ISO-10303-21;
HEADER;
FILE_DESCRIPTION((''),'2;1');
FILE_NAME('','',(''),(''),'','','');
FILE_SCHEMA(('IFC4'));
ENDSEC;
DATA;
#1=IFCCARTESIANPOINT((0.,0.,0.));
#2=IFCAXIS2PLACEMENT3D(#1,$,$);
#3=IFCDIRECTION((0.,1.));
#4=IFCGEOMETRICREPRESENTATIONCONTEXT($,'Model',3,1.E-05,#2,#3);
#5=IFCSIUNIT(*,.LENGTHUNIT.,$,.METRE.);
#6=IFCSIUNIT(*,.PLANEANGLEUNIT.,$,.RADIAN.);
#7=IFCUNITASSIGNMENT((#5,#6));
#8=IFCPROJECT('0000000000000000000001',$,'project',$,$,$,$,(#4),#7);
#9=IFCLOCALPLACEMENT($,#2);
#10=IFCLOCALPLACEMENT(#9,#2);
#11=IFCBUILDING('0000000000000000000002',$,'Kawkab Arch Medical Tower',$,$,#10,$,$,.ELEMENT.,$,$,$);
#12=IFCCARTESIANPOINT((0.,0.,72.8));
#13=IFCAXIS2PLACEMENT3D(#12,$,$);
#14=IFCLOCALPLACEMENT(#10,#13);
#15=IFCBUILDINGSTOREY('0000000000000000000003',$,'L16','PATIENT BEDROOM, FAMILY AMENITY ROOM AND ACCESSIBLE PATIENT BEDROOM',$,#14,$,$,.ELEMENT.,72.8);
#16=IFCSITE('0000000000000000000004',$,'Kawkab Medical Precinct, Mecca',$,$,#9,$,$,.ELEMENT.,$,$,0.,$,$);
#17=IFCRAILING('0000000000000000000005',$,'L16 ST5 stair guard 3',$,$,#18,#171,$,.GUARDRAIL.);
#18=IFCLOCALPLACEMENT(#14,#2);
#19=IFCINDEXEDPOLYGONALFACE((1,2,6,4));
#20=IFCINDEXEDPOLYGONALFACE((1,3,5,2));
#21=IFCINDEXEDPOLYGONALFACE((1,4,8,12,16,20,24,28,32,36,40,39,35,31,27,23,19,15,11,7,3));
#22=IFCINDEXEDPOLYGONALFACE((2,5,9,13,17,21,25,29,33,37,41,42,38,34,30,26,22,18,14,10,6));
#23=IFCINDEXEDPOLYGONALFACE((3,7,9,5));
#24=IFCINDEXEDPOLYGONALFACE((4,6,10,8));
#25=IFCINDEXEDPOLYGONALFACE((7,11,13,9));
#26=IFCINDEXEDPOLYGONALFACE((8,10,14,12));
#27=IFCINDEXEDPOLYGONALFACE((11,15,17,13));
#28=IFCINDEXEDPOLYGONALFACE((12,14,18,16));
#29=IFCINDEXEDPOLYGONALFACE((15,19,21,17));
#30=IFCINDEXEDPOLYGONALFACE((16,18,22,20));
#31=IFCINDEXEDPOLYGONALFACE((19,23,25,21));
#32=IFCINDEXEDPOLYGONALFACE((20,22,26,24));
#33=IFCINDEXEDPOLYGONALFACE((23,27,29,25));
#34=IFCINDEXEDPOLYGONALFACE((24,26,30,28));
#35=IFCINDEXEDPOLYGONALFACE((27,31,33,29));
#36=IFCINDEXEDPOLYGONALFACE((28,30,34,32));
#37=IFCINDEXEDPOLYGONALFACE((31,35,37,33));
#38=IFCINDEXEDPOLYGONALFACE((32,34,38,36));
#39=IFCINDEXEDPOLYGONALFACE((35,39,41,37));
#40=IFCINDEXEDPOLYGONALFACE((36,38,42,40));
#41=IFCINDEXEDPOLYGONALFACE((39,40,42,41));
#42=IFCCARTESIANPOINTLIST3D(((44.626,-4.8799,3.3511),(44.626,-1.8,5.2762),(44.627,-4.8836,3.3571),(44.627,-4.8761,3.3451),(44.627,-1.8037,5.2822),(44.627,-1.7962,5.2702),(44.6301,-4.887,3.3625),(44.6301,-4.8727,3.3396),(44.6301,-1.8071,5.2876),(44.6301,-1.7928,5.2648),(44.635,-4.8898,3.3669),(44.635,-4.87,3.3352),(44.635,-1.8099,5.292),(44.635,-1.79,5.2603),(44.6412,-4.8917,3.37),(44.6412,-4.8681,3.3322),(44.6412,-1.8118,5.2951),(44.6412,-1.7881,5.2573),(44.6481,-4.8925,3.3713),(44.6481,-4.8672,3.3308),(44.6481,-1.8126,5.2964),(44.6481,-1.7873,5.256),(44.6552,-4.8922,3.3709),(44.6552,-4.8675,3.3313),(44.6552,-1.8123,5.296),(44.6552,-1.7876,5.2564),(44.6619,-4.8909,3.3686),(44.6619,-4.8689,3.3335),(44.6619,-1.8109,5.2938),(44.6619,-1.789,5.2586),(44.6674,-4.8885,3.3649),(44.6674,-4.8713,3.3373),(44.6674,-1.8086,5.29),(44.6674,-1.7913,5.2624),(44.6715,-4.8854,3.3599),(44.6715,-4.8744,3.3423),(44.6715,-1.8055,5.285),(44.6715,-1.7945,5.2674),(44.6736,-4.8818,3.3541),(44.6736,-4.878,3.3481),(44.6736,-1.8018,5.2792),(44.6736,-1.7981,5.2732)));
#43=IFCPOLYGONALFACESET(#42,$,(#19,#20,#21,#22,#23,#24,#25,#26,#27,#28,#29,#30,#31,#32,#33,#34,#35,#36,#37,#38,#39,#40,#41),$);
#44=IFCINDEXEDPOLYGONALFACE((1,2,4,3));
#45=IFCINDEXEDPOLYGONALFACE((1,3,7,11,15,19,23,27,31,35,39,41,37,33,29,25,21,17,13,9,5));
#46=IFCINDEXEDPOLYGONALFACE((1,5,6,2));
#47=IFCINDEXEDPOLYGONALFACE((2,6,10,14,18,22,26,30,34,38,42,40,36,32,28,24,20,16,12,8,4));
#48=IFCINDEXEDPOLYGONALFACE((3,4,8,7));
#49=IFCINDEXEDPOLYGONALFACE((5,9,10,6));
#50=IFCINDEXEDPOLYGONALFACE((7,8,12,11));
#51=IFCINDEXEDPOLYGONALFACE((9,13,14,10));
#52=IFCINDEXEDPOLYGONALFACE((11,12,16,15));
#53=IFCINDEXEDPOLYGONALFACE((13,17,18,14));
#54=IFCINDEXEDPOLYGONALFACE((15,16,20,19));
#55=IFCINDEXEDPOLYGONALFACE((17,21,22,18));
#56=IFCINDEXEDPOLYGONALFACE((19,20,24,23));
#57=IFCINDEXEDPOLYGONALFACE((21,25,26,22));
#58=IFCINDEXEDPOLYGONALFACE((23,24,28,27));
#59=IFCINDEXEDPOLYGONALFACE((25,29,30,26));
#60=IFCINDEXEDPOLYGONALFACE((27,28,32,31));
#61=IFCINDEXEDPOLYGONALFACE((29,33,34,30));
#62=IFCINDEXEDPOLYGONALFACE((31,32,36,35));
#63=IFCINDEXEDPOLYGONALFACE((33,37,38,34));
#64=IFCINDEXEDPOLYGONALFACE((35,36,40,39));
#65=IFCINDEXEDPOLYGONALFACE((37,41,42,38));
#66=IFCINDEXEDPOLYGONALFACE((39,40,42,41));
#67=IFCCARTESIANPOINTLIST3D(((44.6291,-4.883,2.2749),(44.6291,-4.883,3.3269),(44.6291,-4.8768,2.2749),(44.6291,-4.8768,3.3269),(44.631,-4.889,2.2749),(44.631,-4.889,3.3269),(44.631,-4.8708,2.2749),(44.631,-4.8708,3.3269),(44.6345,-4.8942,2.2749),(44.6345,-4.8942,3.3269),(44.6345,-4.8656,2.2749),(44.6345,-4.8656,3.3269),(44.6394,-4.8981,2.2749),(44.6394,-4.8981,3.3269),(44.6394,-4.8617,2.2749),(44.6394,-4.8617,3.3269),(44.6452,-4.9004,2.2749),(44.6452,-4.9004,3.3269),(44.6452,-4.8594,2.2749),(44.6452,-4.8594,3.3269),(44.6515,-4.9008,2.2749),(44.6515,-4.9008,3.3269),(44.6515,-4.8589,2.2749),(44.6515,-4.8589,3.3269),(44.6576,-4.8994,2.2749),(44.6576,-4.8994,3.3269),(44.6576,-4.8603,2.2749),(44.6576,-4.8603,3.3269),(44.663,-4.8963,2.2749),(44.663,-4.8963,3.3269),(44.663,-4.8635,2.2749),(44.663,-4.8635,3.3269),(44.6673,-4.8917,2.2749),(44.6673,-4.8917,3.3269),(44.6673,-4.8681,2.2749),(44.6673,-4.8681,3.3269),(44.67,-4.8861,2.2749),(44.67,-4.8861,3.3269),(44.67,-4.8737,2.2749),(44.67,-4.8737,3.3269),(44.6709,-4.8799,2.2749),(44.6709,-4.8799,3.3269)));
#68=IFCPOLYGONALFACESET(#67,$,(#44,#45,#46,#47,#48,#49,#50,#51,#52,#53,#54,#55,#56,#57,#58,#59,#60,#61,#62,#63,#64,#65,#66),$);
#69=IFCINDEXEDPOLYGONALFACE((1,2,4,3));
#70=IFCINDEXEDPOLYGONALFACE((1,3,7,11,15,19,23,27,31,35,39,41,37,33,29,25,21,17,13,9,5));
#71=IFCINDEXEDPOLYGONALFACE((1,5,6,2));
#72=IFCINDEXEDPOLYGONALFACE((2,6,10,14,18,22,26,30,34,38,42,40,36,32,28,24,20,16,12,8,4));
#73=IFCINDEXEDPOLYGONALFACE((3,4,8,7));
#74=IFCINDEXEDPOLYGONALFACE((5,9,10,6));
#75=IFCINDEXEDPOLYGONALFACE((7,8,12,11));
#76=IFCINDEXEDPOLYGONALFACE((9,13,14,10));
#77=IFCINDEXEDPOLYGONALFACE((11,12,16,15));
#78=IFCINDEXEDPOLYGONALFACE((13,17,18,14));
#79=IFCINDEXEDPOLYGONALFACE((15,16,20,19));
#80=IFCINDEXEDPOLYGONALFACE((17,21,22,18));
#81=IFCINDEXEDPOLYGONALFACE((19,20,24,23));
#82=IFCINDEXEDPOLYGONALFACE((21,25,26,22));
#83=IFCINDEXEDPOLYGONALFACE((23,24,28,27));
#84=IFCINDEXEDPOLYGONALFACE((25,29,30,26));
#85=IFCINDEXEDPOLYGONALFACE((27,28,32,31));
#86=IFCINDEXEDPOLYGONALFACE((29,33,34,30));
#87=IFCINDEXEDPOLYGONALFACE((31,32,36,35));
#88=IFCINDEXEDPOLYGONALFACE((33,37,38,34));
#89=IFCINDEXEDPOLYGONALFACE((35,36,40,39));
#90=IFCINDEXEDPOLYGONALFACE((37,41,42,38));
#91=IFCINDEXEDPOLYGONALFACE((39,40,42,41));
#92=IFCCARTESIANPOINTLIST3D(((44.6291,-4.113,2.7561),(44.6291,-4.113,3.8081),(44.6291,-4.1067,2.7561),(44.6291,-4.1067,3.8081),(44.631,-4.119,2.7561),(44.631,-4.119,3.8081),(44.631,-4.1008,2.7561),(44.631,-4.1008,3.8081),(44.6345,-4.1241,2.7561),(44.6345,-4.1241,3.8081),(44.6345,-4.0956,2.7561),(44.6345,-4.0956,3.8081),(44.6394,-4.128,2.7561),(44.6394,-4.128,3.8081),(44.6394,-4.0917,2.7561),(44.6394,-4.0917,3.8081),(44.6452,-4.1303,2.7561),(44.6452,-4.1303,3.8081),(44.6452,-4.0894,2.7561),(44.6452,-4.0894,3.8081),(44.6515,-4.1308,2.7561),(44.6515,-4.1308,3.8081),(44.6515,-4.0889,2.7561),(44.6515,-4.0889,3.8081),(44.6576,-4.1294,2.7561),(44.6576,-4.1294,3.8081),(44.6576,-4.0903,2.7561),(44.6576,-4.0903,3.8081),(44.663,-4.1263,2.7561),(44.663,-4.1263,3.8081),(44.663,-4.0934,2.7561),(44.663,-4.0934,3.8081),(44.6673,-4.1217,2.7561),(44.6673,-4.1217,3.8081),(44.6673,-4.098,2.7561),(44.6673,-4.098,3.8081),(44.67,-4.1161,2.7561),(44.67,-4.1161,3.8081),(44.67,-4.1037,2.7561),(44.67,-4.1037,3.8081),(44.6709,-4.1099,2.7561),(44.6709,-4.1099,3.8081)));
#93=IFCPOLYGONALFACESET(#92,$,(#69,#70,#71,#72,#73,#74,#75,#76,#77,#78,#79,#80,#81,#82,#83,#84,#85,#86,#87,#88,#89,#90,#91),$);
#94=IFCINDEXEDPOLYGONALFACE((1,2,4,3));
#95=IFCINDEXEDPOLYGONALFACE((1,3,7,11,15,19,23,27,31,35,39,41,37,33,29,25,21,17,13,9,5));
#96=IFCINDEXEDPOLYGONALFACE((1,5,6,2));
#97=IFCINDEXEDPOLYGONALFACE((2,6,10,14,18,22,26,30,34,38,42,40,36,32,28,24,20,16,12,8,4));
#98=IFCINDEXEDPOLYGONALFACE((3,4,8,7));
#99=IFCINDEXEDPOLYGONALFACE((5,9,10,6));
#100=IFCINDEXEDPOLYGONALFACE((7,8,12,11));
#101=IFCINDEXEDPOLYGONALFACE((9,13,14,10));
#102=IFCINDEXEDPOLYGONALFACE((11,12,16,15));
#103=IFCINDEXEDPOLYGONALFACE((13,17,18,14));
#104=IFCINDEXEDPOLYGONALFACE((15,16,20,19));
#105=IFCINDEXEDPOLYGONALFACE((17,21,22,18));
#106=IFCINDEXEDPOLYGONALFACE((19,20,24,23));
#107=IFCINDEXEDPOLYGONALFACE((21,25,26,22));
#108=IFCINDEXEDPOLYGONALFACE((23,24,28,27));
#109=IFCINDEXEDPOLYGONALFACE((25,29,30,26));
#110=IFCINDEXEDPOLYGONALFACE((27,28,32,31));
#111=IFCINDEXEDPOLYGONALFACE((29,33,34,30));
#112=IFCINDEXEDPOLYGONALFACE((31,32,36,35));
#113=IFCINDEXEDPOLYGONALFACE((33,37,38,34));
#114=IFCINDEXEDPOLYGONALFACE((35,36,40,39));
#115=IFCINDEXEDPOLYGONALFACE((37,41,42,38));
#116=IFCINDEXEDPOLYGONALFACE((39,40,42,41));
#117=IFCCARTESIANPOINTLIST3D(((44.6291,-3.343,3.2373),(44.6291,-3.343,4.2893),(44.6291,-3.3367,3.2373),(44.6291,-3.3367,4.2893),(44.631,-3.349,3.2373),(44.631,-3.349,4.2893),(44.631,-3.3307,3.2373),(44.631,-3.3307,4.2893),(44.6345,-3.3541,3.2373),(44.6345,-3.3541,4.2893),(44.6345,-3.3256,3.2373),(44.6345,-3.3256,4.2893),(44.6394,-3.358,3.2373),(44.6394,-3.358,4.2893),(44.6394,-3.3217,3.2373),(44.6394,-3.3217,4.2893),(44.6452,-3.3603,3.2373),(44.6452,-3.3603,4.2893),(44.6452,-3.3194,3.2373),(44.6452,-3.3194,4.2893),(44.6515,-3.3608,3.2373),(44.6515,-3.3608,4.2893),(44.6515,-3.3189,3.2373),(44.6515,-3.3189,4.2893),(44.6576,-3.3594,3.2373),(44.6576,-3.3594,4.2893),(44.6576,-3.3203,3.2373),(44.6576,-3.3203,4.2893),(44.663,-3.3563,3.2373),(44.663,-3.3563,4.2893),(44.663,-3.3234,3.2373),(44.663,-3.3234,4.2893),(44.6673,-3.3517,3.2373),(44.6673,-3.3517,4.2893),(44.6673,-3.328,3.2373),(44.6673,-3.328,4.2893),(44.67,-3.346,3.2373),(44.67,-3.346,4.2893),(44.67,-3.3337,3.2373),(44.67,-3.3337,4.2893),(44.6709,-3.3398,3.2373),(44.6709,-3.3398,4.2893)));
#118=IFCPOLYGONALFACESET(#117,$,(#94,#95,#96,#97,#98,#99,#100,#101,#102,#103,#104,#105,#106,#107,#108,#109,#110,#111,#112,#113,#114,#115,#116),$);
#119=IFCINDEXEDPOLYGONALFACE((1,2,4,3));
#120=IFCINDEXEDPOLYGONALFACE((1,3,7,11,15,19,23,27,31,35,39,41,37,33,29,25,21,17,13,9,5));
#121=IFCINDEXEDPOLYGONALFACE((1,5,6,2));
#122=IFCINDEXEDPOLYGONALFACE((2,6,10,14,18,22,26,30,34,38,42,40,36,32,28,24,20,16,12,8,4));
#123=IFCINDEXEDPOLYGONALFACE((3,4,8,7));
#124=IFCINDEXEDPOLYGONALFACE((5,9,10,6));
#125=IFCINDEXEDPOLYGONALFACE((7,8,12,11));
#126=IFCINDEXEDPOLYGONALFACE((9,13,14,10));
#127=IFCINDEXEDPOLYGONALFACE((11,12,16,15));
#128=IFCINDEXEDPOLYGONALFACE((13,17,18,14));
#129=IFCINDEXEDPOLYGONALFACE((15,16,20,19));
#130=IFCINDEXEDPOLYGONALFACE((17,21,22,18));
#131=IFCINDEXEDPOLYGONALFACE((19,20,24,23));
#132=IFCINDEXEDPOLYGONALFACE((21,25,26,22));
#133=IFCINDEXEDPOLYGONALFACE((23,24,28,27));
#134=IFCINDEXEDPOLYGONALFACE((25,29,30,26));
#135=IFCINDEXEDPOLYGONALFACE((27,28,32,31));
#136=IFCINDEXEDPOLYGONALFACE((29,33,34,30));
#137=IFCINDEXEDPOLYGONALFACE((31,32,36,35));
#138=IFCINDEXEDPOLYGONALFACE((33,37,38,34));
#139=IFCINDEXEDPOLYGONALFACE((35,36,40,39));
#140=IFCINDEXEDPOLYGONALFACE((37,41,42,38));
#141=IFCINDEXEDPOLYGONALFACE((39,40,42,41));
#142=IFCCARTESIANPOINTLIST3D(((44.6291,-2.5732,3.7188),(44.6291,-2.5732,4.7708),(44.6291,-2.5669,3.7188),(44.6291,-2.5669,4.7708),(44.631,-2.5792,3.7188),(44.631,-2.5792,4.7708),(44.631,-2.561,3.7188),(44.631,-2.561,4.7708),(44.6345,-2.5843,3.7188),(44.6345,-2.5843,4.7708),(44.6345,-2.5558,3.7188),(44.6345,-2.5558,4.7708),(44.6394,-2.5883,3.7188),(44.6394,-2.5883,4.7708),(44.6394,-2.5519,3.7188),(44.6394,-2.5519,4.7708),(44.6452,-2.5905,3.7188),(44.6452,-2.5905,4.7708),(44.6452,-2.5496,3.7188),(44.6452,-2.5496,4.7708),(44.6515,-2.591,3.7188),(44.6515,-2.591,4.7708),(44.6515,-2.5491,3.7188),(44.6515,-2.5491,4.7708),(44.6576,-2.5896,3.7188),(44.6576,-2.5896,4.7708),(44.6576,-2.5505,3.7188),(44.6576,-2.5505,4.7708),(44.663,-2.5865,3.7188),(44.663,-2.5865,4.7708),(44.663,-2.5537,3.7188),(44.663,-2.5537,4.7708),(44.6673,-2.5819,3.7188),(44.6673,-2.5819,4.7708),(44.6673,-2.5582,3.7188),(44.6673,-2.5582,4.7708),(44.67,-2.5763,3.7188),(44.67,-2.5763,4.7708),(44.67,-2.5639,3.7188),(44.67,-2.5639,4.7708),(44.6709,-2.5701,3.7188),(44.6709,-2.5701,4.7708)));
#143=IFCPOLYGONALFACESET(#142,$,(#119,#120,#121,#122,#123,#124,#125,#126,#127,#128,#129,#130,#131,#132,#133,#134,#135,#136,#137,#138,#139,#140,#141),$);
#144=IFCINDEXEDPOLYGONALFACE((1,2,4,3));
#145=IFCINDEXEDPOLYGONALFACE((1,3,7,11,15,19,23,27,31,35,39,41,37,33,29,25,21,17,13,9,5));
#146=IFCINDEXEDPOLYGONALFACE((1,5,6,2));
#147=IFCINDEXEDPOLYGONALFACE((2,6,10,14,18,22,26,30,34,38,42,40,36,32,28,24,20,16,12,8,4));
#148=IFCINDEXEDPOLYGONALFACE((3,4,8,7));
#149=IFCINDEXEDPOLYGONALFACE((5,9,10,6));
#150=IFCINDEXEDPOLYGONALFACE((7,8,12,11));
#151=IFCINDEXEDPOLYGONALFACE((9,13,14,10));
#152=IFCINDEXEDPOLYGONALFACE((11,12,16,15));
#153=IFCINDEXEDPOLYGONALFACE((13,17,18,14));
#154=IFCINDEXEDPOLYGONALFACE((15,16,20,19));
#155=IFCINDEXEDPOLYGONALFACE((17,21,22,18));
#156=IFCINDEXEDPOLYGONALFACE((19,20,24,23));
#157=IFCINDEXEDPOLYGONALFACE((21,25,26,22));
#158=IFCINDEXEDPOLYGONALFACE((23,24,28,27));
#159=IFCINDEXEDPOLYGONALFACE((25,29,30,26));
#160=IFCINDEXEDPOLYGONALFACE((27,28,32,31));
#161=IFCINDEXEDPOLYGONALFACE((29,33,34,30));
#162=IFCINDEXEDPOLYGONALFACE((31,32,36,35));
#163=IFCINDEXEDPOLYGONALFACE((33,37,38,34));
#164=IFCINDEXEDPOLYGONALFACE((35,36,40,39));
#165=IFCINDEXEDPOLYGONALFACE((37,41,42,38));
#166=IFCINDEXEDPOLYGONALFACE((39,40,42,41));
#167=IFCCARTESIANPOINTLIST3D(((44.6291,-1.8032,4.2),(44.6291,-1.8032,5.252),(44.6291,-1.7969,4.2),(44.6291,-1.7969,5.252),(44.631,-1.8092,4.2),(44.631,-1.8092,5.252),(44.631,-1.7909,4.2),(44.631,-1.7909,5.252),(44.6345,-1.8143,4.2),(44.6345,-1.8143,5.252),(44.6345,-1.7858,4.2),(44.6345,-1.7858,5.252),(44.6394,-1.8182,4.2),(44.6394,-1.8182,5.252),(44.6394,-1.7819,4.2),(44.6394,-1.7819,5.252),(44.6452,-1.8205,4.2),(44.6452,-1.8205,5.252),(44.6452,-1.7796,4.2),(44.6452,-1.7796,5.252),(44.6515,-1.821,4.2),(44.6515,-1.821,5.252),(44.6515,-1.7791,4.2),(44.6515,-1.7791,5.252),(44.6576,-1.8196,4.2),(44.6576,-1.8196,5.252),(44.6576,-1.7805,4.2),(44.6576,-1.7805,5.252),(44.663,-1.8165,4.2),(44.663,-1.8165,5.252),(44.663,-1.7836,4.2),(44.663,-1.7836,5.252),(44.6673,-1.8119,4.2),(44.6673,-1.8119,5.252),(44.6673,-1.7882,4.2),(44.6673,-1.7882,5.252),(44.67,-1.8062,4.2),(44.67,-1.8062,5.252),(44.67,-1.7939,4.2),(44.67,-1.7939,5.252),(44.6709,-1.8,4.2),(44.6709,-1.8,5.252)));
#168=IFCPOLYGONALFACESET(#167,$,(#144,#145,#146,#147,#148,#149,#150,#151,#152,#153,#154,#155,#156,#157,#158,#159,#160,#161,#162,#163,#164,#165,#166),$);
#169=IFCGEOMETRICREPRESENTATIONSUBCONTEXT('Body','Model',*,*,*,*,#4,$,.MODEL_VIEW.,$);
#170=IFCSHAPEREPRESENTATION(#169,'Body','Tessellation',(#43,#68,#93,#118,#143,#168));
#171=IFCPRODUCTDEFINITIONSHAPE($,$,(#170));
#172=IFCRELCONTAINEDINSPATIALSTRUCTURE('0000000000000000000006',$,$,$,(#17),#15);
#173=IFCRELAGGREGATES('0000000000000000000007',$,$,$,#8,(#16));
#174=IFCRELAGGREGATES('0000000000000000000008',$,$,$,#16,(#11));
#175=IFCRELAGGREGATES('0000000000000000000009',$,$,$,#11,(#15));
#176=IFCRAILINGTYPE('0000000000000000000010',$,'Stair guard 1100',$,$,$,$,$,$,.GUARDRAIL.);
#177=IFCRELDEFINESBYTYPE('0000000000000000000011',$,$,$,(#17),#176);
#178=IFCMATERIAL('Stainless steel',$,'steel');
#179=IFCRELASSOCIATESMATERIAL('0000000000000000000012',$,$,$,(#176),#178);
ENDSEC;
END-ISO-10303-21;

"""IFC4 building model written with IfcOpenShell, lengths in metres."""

from ifc_helpers import new_model, si_unit, direction, frame, origin, origin_2d, place, context, subcontext, project, spatial, circle, extrude, material, type_object, element, save


model = new_model("IFC4")

# Units and contexts
model_context = context("Model", 3, precision=1e-05, world=origin(), true_north=direction((0.0, 1.0)))
body_context = subcontext(model_context, "Body", "Model", "MODEL_VIEW")
ifc_project = project(units=[si_unit("LENGTHUNIT", "METRE"), si_unit("PLANEANGLEUNIT", "RADIAN")], contexts=[model_context])

# Site, building, storey
site_placement = place(None, origin())
site = spatial("IfcSite", under=ifc_project, at=site_placement, Name="Kawkab Medical Precinct, Mecca", CompositionType="ELEMENT", RefElevation=0.0)
building_placement = place(site_placement, origin())
building = spatial("IfcBuilding", under=site, at=building_placement, Name="Kawkab Arch Medical Tower", CompositionType="ELEMENT")
storey_placement = place(building_placement, frame((0.0, 0.0, 72.8)))
storey = spatial("IfcBuildingStorey", under=building, at=storey_placement, Name="L16", Description="PATIENT BEDROOM, FAMILY AMENITY ROOM AND ACCESSIBLE PATIENT BEDROOM", CompositionType="ELEMENT", Elevation=72.8)

# Railing
ifc_material_1 = material(Name="Stainless steel", Category="steel")
railing_type = type_object("IfcRailingType", Name="Stair guard 1100", PredefinedType="GUARDRAIL", material=ifc_material_1)
railing_1_placement = place(storey_placement, frame((44.6499, -4.8799, 2.2749)))
element("IfcRailing", 1, at=railing_1_placement, inside=storey, type_object=railing_type, Name="L16 ST5 stair guard 3", PredefinedType="GUARDRAIL", context=body_context, shape_type="SweptSolid", body=[
    extrude(circle(Radius=0.0239, at=origin_2d()), frame((0.0, 0.0, 1.0762), z_axis=(0.0, 0.847979, 0.530029), x_axis=(-1.0, 0.0, 0.0)), (0.0, 0.0, 1.0), 3.6321),
    extrude(circle(Radius=0.021, at=origin_2d()), origin(), (0.0, 0.0, 1.0), 1.052),
    extrude(circle(Radius=0.021, at=origin_2d()), frame((0.0, 0.77, 0.4812)), (0.0, 0.0, 1.0), 1.052),
    extrude(circle(Radius=0.021, at=origin_2d()), frame((0.0, 1.54, 0.9624)), (0.0, 0.0, 1.0), 1.052),
    extrude(circle(Radius=0.021, at=origin_2d()), frame((0.0, 2.3098, 1.4438)), (0.0, 0.0, 1.0), 1.052),
    extrude(circle(Radius=0.021, at=origin_2d()), frame((0.0, 3.0798, 1.925)), (0.0, 0.0, 1.0), 1.052),
])

save(model, "model.ifc")
